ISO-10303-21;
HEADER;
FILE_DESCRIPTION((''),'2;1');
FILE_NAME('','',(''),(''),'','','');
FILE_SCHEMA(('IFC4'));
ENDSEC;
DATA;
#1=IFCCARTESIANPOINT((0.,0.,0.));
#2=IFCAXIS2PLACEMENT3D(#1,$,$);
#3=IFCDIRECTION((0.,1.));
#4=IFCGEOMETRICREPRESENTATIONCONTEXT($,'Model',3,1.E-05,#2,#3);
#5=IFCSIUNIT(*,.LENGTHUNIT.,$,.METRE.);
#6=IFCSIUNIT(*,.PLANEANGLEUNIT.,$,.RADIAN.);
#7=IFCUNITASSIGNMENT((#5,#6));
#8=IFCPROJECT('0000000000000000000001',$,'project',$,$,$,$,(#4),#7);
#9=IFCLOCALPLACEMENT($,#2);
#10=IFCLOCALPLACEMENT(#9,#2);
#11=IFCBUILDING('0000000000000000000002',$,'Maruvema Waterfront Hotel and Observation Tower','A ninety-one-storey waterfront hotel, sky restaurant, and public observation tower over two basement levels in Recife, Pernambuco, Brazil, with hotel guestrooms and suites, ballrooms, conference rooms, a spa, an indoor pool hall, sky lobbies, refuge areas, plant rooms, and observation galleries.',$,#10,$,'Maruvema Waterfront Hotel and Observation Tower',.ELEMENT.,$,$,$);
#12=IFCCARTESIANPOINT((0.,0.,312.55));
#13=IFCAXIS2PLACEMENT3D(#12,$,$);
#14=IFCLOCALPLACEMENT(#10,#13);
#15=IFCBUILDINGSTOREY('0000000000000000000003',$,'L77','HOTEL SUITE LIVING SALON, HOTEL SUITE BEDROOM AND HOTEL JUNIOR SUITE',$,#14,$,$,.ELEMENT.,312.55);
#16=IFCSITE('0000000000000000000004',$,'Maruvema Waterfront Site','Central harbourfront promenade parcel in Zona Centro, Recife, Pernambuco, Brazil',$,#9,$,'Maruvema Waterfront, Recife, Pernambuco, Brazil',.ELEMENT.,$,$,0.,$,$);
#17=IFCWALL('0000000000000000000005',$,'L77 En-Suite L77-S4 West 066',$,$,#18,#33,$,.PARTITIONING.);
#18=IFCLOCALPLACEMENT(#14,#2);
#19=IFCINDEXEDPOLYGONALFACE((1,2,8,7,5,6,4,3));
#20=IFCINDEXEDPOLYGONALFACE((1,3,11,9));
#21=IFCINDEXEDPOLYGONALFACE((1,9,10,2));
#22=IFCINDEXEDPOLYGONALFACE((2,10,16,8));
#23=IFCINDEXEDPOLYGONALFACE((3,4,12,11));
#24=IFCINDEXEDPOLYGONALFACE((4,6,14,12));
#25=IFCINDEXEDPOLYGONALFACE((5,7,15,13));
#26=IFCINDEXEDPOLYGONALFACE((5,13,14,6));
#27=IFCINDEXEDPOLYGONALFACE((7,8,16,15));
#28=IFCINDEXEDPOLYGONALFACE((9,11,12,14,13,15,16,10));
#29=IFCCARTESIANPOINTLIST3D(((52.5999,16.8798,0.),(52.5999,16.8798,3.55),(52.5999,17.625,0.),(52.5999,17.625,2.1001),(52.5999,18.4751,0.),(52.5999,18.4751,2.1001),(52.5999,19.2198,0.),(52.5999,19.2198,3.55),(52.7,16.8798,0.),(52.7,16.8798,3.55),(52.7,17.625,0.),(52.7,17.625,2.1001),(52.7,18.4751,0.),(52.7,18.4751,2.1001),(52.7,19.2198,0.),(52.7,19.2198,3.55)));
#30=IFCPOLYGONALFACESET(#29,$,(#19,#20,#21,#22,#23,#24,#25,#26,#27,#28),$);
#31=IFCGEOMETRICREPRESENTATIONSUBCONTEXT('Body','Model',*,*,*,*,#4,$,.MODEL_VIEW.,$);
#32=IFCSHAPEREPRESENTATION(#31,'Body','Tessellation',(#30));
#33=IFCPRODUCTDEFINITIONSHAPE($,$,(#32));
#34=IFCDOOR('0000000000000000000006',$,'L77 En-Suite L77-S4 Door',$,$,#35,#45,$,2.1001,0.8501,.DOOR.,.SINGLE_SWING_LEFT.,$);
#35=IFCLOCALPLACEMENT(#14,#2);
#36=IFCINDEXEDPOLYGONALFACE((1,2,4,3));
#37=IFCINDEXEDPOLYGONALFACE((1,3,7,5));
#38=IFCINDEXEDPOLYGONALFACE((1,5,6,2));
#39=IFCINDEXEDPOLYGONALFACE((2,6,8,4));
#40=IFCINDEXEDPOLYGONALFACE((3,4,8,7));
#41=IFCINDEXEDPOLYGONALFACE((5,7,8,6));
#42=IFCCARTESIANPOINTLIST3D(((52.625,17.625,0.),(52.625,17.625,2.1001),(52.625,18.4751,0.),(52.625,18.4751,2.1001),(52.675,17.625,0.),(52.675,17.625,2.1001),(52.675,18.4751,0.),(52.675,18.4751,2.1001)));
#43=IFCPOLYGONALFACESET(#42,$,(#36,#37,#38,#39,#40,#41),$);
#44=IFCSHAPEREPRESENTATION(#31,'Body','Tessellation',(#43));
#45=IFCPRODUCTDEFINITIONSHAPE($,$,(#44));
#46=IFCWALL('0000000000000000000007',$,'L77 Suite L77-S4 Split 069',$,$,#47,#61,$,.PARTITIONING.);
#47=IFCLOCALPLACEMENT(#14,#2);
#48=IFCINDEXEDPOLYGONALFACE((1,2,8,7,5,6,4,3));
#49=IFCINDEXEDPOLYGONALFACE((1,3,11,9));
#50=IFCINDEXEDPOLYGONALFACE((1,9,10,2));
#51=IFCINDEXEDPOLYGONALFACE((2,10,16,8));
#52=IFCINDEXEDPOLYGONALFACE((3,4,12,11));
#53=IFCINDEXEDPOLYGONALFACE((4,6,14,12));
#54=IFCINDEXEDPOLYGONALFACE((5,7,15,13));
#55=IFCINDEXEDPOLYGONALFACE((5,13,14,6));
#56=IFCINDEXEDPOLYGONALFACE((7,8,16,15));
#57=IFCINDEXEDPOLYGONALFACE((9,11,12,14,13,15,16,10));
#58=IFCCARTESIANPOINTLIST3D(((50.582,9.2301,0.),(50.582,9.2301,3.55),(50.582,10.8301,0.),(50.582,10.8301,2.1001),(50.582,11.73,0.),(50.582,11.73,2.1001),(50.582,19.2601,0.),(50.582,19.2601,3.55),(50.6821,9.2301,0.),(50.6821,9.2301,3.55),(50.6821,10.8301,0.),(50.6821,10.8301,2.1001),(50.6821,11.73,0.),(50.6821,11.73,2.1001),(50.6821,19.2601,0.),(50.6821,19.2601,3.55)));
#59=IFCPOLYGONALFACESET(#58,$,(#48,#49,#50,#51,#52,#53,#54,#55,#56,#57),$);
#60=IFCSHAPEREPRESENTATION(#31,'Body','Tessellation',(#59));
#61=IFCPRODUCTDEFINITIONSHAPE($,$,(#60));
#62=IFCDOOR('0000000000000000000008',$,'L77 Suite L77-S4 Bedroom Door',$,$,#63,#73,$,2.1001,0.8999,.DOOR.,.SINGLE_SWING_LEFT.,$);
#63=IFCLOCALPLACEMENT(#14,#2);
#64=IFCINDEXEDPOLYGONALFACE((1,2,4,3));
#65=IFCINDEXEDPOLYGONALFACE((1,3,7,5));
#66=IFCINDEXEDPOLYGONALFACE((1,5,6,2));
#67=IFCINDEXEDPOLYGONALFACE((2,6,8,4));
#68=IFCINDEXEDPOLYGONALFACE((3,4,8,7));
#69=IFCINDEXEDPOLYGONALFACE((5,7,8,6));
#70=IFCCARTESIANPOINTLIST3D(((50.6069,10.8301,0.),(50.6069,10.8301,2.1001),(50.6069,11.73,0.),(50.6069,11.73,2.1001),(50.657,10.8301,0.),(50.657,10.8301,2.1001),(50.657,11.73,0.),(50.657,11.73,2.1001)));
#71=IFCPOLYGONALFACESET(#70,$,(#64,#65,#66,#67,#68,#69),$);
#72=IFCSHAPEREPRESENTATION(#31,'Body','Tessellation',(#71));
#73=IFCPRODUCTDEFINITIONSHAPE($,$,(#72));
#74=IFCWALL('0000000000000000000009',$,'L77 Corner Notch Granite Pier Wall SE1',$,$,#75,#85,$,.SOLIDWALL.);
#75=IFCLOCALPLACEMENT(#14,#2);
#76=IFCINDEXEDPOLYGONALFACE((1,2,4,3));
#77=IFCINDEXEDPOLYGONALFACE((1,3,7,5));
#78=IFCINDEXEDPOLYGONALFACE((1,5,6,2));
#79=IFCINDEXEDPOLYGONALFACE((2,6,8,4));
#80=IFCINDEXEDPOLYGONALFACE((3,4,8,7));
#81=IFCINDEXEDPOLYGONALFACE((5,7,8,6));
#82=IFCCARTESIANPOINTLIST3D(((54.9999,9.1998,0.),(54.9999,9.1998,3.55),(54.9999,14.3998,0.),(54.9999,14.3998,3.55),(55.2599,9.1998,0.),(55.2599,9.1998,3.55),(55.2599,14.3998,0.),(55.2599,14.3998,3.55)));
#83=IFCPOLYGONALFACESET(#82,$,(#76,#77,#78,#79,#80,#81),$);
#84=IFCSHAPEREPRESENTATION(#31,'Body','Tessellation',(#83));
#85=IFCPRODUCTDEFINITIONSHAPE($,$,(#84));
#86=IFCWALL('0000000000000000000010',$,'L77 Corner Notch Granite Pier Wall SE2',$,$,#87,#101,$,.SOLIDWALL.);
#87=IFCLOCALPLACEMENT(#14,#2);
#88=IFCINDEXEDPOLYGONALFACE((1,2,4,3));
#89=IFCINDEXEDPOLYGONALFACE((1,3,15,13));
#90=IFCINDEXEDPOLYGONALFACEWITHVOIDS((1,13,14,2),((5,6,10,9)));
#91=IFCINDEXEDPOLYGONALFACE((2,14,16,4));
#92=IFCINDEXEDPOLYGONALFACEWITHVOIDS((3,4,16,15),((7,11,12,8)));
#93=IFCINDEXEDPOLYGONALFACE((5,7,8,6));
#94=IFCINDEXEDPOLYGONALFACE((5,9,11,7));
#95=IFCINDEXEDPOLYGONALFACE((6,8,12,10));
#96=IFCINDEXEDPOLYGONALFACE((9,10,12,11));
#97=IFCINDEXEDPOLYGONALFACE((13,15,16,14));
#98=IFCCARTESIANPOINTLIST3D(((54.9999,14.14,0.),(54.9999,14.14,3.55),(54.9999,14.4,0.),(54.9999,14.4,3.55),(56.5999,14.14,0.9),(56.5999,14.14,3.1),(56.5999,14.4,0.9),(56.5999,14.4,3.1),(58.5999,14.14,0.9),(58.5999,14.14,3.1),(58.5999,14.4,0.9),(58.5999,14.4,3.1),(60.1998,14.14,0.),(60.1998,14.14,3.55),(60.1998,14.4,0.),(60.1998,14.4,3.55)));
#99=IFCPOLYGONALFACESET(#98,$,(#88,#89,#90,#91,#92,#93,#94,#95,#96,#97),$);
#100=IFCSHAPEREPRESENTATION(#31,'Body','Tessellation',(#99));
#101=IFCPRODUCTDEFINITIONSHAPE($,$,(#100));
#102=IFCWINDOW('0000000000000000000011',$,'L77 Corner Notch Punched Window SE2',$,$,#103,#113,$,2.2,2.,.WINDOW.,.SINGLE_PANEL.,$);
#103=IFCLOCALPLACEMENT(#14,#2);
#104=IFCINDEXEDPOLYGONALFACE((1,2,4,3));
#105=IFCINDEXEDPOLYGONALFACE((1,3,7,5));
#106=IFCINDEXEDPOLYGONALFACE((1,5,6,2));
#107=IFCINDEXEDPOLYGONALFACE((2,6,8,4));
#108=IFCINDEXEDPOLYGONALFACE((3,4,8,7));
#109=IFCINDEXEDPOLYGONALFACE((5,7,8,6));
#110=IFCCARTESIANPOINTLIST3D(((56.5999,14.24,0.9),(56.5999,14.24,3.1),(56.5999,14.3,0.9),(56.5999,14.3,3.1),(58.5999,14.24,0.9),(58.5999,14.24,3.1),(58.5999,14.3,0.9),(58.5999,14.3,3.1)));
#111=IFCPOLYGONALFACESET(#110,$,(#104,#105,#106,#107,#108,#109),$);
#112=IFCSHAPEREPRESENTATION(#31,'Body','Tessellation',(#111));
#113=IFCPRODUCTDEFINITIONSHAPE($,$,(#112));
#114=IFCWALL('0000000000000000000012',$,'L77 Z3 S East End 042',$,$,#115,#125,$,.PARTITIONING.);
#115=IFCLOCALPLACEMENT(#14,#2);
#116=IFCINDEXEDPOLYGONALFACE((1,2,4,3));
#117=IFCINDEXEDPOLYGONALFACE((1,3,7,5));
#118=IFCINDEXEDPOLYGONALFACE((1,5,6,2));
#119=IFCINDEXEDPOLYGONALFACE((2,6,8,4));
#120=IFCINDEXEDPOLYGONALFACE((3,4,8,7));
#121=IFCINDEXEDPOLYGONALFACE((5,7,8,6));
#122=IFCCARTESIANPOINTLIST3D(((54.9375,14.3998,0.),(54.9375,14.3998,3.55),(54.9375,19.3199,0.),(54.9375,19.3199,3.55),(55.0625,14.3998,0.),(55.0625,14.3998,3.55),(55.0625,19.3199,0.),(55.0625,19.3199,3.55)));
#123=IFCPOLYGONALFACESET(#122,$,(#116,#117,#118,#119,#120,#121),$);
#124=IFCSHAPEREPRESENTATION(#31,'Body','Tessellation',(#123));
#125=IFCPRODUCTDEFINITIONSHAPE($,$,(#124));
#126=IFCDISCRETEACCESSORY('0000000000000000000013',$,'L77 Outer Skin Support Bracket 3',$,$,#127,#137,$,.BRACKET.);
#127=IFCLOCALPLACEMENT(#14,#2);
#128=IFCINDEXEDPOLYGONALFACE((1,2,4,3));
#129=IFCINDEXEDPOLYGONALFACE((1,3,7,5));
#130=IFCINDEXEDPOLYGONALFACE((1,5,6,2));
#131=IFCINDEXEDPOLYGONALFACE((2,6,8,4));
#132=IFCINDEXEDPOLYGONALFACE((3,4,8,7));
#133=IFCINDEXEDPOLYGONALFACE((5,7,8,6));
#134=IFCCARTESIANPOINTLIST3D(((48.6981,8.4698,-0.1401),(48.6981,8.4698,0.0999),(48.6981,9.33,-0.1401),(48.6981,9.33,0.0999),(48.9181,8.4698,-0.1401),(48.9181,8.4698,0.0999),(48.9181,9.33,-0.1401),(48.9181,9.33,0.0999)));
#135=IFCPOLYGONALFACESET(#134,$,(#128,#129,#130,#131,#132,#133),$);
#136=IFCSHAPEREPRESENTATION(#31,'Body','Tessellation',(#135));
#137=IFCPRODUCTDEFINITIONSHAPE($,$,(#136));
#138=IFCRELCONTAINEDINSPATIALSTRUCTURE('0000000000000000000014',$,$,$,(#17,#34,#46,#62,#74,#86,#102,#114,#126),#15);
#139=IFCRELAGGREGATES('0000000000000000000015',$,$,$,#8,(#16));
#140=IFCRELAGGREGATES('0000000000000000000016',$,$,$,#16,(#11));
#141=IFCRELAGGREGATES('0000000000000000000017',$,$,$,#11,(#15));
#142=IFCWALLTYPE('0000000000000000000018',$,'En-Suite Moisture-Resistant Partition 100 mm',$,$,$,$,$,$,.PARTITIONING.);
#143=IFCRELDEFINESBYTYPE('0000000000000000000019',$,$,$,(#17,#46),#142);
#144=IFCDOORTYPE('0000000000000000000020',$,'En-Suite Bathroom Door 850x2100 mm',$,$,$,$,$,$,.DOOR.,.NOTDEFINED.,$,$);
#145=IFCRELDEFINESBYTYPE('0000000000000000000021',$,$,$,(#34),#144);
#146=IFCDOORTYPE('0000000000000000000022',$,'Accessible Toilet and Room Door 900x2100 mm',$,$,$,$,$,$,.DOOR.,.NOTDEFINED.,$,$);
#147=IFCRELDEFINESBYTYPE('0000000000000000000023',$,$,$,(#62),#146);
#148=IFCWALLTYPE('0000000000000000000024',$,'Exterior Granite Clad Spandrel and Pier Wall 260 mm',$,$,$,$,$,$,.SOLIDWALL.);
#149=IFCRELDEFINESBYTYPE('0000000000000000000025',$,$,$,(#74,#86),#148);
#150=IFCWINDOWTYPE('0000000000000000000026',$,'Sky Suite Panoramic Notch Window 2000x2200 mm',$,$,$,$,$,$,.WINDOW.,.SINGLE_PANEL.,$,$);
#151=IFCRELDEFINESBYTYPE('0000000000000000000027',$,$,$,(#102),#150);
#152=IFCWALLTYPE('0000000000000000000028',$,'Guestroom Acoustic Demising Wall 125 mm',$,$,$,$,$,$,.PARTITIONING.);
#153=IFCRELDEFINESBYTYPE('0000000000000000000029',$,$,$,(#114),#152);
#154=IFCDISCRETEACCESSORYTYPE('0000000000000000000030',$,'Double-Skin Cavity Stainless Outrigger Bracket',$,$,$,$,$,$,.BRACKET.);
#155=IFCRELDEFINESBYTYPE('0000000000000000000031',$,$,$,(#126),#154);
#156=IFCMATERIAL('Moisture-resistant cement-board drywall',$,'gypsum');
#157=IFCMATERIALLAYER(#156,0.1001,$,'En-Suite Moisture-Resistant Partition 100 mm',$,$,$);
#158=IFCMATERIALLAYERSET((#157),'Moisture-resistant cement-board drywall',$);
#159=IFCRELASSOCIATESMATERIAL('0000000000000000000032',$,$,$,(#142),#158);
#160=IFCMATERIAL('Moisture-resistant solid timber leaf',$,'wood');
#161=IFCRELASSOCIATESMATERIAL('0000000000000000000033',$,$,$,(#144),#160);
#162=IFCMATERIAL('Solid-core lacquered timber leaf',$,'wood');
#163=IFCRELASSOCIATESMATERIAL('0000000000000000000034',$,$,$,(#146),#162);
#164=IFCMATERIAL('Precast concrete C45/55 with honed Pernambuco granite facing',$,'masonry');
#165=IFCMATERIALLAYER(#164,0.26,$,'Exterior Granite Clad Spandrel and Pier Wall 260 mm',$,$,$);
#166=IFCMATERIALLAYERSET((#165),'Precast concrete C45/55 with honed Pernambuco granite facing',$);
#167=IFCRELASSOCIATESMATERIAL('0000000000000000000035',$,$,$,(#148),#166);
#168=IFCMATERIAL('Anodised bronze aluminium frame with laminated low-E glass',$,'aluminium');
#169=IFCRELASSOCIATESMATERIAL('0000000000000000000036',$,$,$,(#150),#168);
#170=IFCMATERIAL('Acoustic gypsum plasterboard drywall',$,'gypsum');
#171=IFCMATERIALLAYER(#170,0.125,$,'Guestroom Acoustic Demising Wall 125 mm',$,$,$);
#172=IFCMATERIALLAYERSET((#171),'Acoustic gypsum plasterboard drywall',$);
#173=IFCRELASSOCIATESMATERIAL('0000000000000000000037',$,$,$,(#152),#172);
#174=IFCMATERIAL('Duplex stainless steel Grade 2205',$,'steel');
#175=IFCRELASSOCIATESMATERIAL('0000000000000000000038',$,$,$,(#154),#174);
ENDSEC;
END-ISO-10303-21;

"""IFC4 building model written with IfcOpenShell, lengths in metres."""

from ifc_helpers import new_model, si_unit, direction, frame, frame_2d, origin, origin_2d, place, context, subcontext, project, spatial, rectangle, extrude, material, layer, layer_set, type_object, element, fill, save


model = new_model("IFC4")

# Units and contexts
model_context = context("Model", 3, precision=1e-05, world=origin(), true_north=direction((0.0, 1.0)))
body_context = subcontext(model_context, "Body", "Model", "MODEL_VIEW")
ifc_project = project(units=[si_unit("LENGTHUNIT", "METRE"), si_unit("PLANEANGLEUNIT", "RADIAN")], contexts=[model_context])

# Site, building, storey
site_placement = place(None, origin())
site = spatial("IfcSite", under=ifc_project, at=site_placement, Name="Maruvema Waterfront Site", Description="Central harbourfront promenade parcel in Zona Centro, Recife, Pernambuco, Brazil", LongName="Maruvema Waterfront, Recife, Pernambuco, Brazil", CompositionType="ELEMENT", RefElevation=0.0)
building_placement = place(site_placement, origin())
building = spatial("IfcBuilding", under=site, at=building_placement, Name="Maruvema Waterfront Hotel and Observation Tower", Description="A ninety-one-storey waterfront hotel, sky restaurant, and public observation tower over two basement levels in Recife, Pernambuco, Brazil, with hotel guestrooms and suites, ballrooms, conference rooms, a spa, an indoor pool hall, sky lobbies, refuge areas, plant rooms, and observation galleries.", LongName="Maruvema Waterfront Hotel and Observation Tower", CompositionType="ELEMENT")
storey_placement = place(building_placement, frame((0.0, 0.0, 312.55)))
storey = spatial("IfcBuildingStorey", under=building, at=storey_placement, Name="L77", Description="HOTEL SUITE LIVING SALON, HOTEL SUITE BEDROOM AND HOTEL JUNIOR SUITE", CompositionType="ELEMENT", Elevation=312.55)

# Shared definitions
ifc_material_1 = material(Name="Moisture-resistant cement-board drywall", Category="gypsum")
ifc_layer_1 = layer(ifc_material_1, 0.1001, Name="En-Suite Moisture-Resistant Partition 100 mm")
ifc_layer_set_1 = layer_set([ifc_layer_1], Name="Moisture-resistant cement-board drywall")
wall_type_1 = type_object("IfcWallType", Name="En-Suite Moisture-Resistant Partition 100 mm", PredefinedType="PARTITIONING", material=ifc_layer_set_1)

# Walls, openings, doors
wall_1_placement = place(storey_placement, frame((52.6499, 16.8799, 0.0), z_axis=(0.0, 0.0, 1.0), x_axis=(0.0, 1.0, 0.0)))
wall_1 = element("IfcWall", 1, at=wall_1_placement, inside=storey, type_object=wall_type_1, Name="L77 En-Suite L77-S4 West 066", PredefinedType="PARTITIONING", context=body_context, shape_type="SweptSolid", body=[
    extrude(rectangle(XDim=2.3401, YDim=0.1001, at=frame_2d((1.1699, 0.0))), origin(), (0.0, 0.0, 1.0), 3.55),
])
opening_1_placement = place(wall_1_placement, frame((0.7451, 0.0, 0.0)))
opening_1 = element("IfcOpeningElement", 2, at=opening_1_placement, cuts=wall_1, PredefinedType="OPENING", context=body_context, shape_type="SweptSolid", body=[
    extrude(rectangle(XDim=0.8501, YDim=2.1001, at=frame_2d((0.425, 1.05))), frame((0.0, 0.0601, 0.0), z_axis=(0.0, -1.0, 0.0), x_axis=(1.0, 0.0, 0.0)), (0.0, 0.0, 1.0), 0.1201),
])
ifc_material_2 = material(Name="Moisture-resistant solid timber leaf", Category="wood")
door_type_1 = type_object("IfcDoorType", Name="En-Suite Bathroom Door 850x2100 mm", OperationType="NOTDEFINED", PredefinedType="DOOR", material=ifc_material_2)
door_1_placement = place(opening_1_placement, origin())
door_1 = element("IfcDoor", 3, at=door_1_placement, inside=storey, type_object=door_type_1, Name="L77 En-Suite L77-S4 Door", OperationType="SINGLE_SWING_LEFT", OverallHeight=2.1001, OverallWidth=0.8501, PredefinedType="DOOR", context=body_context, shape_type="SweptSolid", body=[
    extrude(rectangle(XDim=0.8501, YDim=2.1001, at=frame_2d((0.425, 1.05))), frame((0.0, 0.0249, 0.0), z_axis=(0.0, -1.0, 0.0), x_axis=(1.0, 0.0, 0.0)), (0.0, 0.0, 1.0), 0.05),
])
fill(opening_1, door_1)
wall_2_placement = place(storey_placement, frame((50.6321, 9.23, 0.0), z_axis=(0.0, 0.0, 1.0), x_axis=(0.0, 1.0, 0.0)))
wall_2 = element("IfcWall", 4, at=wall_2_placement, inside=storey, type_object=wall_type_1, Name="L77 Suite L77-S4 Split 069", PredefinedType="PARTITIONING", context=body_context, shape_type="SweptSolid", body=[
    extrude(rectangle(XDim=10.03, YDim=0.1001, at=frame_2d((5.0151, 0.0))), origin(), (0.0, 0.0, 1.0), 3.55),
])
opening_2_placement = place(wall_2_placement, frame((1.6001, 0.0, 0.0)))
opening_2 = element("IfcOpeningElement", 5, at=opening_2_placement, cuts=wall_2, PredefinedType="OPENING", context=body_context, shape_type="SweptSolid", body=[
    extrude(rectangle(XDim=0.8999, YDim=2.1001, at=frame_2d((0.45, 1.05))), frame((0.0, 0.0601, 0.0), z_axis=(0.0, -1.0, 0.0), x_axis=(1.0, 0.0, 0.0)), (0.0, 0.0, 1.0), 0.1201),
])
ifc_material_3 = material(Name="Solid-core lacquered timber leaf", Category="wood")
door_type_2 = type_object("IfcDoorType", Name="Accessible Toilet and Room Door 900x2100 mm", OperationType="NOTDEFINED", PredefinedType="DOOR", material=ifc_material_3)
door_2_placement = place(opening_2_placement, frame((0.8999, 0.0, 0.0), z_axis=(0.0, 0.0, 1.0), x_axis=(-1.0, 0.0, 0.0)))
door_2 = element("IfcDoor", 6, at=door_2_placement, inside=storey, type_object=door_type_2, Name="L77 Suite L77-S4 Bedroom Door", OperationType="SINGLE_SWING_LEFT", OverallHeight=2.1001, OverallWidth=0.8999, PredefinedType="DOOR", context=body_context, shape_type="SweptSolid", body=[
    extrude(rectangle(XDim=0.8999, YDim=2.1001, at=frame_2d((0.45, 1.05))), frame((0.0, 0.0249, 0.0), z_axis=(0.0, -1.0, 0.0), x_axis=(1.0, 0.0, 0.0)), (0.0, 0.0, 1.0), 0.05),
])
fill(opening_2, door_2)

# Wall
ifc_material_4 = material(Name="Precast concrete C45/55 with honed Pernambuco granite facing", Category="masonry")
ifc_layer_2 = layer(ifc_material_4, 0.26, Name="Exterior Granite Clad Spandrel and Pier Wall 260 mm")
ifc_layer_set_2 = layer_set([ifc_layer_2], Name="Precast concrete C45/55 with honed Pernambuco granite facing")
wall_type_2 = type_object("IfcWallType", Name="Exterior Granite Clad Spandrel and Pier Wall 260 mm", PredefinedType="SOLIDWALL", material=ifc_layer_set_2)
wall_3_placement = place(storey_placement, frame((55.1299, 14.3999, 0.0), z_axis=(0.0, 0.0, 1.0), x_axis=(0.0, -1.0, 0.0)))
element("IfcWall", 7, at=wall_3_placement, inside=storey, type_object=wall_type_2, Name="L77 Corner Notch Granite Pier Wall SE1", PredefinedType="SOLIDWALL", context=body_context, shape_type="SweptSolid", body=[
    extrude(rectangle(XDim=5.2, YDim=0.26, at=frame_2d((2.6001, 0.0))), origin(), (0.0, 0.0, 1.0), 3.55),
])

# Wall, opening, window
wall_4_placement = place(storey_placement, frame((60.2, 14.27, 0.0), z_axis=(0.0, 0.0, 1.0), x_axis=(-1.0, 0.0, 0.0)))
wall_4 = element("IfcWall", 8, at=wall_4_placement, inside=storey, type_object=wall_type_2, Name="L77 Corner Notch Granite Pier Wall SE2", PredefinedType="SOLIDWALL", context=body_context, shape_type="SweptSolid", body=[
    extrude(rectangle(XDim=5.2, YDim=0.26, at=frame_2d((2.6001, 0.0))), origin(), (0.0, 0.0, 1.0), 3.55),
])
opening_3_placement = place(wall_4_placement, frame((1.6001, 0.0, 0.8999)))
opening_3 = element("IfcOpeningElement", 9, at=opening_3_placement, cuts=wall_4, PredefinedType="OPENING", context=body_context, shape_type="SweptSolid", body=[
    extrude(rectangle(XDim=2.0, YDim=2.2, at=frame_2d((1.0, 1.1001))), frame((0.0, 0.1401, 0.0), z_axis=(0.0, -1.0, 0.0), x_axis=(1.0, 0.0, 0.0)), (0.0, 0.0, 1.0), 0.28),
])
ifc_material_5 = material(Name="Anodised bronze aluminium frame with laminated low-E glass", Category="aluminium")
window_type = type_object("IfcWindowType", Name="Sky Suite Panoramic Notch Window 2000x2200 mm", PartitioningType="SINGLE_PANEL", PredefinedType="WINDOW", material=ifc_material_5)
window_placement = place(opening_3_placement, origin())
window = element("IfcWindow", 10, at=window_placement, inside=storey, type_object=window_type, Name="L77 Corner Notch Punched Window SE2", OverallHeight=2.2, OverallWidth=2.0, PartitioningType="SINGLE_PANEL", PredefinedType="WINDOW", context=body_context, shape_type="SweptSolid", body=[
    extrude(rectangle(XDim=2.0, YDim=2.2, at=frame_2d((1.0, 1.1001))), frame((0.0, 0.03, 0.0), z_axis=(0.0, -1.0, 0.0), x_axis=(1.0, 0.0, 0.0)), (0.0, 0.0, 1.0), 0.0601),
])
fill(opening_3, window)

# Wall
ifc_material_6 = material(Name="Acoustic gypsum plasterboard drywall", Category="gypsum")
ifc_layer_3 = layer(ifc_material_6, 0.125, Name="Guestroom Acoustic Demising Wall 125 mm")
ifc_layer_set_3 = layer_set([ifc_layer_3], Name="Acoustic gypsum plasterboard drywall")
wall_type_3 = type_object("IfcWallType", Name="Guestroom Acoustic Demising Wall 125 mm", PredefinedType="PARTITIONING", material=ifc_layer_set_3)
wall_5_placement = place(storey_placement, frame((55.0, 14.3999, 0.0), z_axis=(0.0, 0.0, 1.0), x_axis=(0.0, 1.0, 0.0)))
element("IfcWall", 11, at=wall_5_placement, inside=storey, type_object=wall_type_3, Name="L77 Z3 S East End 042", PredefinedType="PARTITIONING", context=body_context, shape_type="SweptSolid", body=[
    extrude(rectangle(XDim=4.9202, YDim=0.125, at=frame_2d((2.46, 0.0))), origin(), (0.0, 0.0, 1.0), 3.55),
])

# Discrete accessory
ifc_material_7 = material(Name="Duplex stainless steel Grade 2205", Category="steel")
discrete_accessory_type = type_object("IfcDiscreteAccessoryType", Name="Double-Skin Cavity Stainless Outrigger Bracket", PredefinedType="BRACKET", material=ifc_material_7)
discrete_accessory_placement = place(storey_placement, frame((48.8081, 8.8999, -0.1401), z_axis=(0.0, 0.0, 1.0), x_axis=(1.0, 0.0, 0.0)))
element("IfcDiscreteAccessory", 12, at=discrete_accessory_placement, inside=storey, type_object=discrete_accessory_type, Name="L77 Outer Skin Support Bracket 3", PredefinedType="BRACKET", context=body_context, shape_type="SweptSolid", body=[
    extrude(rectangle(XDim=0.22, YDim=0.8601, at=origin_2d()), origin(), (0.0, 0.0, 1.0), 0.24),
])

save(model, "model.ifc")
